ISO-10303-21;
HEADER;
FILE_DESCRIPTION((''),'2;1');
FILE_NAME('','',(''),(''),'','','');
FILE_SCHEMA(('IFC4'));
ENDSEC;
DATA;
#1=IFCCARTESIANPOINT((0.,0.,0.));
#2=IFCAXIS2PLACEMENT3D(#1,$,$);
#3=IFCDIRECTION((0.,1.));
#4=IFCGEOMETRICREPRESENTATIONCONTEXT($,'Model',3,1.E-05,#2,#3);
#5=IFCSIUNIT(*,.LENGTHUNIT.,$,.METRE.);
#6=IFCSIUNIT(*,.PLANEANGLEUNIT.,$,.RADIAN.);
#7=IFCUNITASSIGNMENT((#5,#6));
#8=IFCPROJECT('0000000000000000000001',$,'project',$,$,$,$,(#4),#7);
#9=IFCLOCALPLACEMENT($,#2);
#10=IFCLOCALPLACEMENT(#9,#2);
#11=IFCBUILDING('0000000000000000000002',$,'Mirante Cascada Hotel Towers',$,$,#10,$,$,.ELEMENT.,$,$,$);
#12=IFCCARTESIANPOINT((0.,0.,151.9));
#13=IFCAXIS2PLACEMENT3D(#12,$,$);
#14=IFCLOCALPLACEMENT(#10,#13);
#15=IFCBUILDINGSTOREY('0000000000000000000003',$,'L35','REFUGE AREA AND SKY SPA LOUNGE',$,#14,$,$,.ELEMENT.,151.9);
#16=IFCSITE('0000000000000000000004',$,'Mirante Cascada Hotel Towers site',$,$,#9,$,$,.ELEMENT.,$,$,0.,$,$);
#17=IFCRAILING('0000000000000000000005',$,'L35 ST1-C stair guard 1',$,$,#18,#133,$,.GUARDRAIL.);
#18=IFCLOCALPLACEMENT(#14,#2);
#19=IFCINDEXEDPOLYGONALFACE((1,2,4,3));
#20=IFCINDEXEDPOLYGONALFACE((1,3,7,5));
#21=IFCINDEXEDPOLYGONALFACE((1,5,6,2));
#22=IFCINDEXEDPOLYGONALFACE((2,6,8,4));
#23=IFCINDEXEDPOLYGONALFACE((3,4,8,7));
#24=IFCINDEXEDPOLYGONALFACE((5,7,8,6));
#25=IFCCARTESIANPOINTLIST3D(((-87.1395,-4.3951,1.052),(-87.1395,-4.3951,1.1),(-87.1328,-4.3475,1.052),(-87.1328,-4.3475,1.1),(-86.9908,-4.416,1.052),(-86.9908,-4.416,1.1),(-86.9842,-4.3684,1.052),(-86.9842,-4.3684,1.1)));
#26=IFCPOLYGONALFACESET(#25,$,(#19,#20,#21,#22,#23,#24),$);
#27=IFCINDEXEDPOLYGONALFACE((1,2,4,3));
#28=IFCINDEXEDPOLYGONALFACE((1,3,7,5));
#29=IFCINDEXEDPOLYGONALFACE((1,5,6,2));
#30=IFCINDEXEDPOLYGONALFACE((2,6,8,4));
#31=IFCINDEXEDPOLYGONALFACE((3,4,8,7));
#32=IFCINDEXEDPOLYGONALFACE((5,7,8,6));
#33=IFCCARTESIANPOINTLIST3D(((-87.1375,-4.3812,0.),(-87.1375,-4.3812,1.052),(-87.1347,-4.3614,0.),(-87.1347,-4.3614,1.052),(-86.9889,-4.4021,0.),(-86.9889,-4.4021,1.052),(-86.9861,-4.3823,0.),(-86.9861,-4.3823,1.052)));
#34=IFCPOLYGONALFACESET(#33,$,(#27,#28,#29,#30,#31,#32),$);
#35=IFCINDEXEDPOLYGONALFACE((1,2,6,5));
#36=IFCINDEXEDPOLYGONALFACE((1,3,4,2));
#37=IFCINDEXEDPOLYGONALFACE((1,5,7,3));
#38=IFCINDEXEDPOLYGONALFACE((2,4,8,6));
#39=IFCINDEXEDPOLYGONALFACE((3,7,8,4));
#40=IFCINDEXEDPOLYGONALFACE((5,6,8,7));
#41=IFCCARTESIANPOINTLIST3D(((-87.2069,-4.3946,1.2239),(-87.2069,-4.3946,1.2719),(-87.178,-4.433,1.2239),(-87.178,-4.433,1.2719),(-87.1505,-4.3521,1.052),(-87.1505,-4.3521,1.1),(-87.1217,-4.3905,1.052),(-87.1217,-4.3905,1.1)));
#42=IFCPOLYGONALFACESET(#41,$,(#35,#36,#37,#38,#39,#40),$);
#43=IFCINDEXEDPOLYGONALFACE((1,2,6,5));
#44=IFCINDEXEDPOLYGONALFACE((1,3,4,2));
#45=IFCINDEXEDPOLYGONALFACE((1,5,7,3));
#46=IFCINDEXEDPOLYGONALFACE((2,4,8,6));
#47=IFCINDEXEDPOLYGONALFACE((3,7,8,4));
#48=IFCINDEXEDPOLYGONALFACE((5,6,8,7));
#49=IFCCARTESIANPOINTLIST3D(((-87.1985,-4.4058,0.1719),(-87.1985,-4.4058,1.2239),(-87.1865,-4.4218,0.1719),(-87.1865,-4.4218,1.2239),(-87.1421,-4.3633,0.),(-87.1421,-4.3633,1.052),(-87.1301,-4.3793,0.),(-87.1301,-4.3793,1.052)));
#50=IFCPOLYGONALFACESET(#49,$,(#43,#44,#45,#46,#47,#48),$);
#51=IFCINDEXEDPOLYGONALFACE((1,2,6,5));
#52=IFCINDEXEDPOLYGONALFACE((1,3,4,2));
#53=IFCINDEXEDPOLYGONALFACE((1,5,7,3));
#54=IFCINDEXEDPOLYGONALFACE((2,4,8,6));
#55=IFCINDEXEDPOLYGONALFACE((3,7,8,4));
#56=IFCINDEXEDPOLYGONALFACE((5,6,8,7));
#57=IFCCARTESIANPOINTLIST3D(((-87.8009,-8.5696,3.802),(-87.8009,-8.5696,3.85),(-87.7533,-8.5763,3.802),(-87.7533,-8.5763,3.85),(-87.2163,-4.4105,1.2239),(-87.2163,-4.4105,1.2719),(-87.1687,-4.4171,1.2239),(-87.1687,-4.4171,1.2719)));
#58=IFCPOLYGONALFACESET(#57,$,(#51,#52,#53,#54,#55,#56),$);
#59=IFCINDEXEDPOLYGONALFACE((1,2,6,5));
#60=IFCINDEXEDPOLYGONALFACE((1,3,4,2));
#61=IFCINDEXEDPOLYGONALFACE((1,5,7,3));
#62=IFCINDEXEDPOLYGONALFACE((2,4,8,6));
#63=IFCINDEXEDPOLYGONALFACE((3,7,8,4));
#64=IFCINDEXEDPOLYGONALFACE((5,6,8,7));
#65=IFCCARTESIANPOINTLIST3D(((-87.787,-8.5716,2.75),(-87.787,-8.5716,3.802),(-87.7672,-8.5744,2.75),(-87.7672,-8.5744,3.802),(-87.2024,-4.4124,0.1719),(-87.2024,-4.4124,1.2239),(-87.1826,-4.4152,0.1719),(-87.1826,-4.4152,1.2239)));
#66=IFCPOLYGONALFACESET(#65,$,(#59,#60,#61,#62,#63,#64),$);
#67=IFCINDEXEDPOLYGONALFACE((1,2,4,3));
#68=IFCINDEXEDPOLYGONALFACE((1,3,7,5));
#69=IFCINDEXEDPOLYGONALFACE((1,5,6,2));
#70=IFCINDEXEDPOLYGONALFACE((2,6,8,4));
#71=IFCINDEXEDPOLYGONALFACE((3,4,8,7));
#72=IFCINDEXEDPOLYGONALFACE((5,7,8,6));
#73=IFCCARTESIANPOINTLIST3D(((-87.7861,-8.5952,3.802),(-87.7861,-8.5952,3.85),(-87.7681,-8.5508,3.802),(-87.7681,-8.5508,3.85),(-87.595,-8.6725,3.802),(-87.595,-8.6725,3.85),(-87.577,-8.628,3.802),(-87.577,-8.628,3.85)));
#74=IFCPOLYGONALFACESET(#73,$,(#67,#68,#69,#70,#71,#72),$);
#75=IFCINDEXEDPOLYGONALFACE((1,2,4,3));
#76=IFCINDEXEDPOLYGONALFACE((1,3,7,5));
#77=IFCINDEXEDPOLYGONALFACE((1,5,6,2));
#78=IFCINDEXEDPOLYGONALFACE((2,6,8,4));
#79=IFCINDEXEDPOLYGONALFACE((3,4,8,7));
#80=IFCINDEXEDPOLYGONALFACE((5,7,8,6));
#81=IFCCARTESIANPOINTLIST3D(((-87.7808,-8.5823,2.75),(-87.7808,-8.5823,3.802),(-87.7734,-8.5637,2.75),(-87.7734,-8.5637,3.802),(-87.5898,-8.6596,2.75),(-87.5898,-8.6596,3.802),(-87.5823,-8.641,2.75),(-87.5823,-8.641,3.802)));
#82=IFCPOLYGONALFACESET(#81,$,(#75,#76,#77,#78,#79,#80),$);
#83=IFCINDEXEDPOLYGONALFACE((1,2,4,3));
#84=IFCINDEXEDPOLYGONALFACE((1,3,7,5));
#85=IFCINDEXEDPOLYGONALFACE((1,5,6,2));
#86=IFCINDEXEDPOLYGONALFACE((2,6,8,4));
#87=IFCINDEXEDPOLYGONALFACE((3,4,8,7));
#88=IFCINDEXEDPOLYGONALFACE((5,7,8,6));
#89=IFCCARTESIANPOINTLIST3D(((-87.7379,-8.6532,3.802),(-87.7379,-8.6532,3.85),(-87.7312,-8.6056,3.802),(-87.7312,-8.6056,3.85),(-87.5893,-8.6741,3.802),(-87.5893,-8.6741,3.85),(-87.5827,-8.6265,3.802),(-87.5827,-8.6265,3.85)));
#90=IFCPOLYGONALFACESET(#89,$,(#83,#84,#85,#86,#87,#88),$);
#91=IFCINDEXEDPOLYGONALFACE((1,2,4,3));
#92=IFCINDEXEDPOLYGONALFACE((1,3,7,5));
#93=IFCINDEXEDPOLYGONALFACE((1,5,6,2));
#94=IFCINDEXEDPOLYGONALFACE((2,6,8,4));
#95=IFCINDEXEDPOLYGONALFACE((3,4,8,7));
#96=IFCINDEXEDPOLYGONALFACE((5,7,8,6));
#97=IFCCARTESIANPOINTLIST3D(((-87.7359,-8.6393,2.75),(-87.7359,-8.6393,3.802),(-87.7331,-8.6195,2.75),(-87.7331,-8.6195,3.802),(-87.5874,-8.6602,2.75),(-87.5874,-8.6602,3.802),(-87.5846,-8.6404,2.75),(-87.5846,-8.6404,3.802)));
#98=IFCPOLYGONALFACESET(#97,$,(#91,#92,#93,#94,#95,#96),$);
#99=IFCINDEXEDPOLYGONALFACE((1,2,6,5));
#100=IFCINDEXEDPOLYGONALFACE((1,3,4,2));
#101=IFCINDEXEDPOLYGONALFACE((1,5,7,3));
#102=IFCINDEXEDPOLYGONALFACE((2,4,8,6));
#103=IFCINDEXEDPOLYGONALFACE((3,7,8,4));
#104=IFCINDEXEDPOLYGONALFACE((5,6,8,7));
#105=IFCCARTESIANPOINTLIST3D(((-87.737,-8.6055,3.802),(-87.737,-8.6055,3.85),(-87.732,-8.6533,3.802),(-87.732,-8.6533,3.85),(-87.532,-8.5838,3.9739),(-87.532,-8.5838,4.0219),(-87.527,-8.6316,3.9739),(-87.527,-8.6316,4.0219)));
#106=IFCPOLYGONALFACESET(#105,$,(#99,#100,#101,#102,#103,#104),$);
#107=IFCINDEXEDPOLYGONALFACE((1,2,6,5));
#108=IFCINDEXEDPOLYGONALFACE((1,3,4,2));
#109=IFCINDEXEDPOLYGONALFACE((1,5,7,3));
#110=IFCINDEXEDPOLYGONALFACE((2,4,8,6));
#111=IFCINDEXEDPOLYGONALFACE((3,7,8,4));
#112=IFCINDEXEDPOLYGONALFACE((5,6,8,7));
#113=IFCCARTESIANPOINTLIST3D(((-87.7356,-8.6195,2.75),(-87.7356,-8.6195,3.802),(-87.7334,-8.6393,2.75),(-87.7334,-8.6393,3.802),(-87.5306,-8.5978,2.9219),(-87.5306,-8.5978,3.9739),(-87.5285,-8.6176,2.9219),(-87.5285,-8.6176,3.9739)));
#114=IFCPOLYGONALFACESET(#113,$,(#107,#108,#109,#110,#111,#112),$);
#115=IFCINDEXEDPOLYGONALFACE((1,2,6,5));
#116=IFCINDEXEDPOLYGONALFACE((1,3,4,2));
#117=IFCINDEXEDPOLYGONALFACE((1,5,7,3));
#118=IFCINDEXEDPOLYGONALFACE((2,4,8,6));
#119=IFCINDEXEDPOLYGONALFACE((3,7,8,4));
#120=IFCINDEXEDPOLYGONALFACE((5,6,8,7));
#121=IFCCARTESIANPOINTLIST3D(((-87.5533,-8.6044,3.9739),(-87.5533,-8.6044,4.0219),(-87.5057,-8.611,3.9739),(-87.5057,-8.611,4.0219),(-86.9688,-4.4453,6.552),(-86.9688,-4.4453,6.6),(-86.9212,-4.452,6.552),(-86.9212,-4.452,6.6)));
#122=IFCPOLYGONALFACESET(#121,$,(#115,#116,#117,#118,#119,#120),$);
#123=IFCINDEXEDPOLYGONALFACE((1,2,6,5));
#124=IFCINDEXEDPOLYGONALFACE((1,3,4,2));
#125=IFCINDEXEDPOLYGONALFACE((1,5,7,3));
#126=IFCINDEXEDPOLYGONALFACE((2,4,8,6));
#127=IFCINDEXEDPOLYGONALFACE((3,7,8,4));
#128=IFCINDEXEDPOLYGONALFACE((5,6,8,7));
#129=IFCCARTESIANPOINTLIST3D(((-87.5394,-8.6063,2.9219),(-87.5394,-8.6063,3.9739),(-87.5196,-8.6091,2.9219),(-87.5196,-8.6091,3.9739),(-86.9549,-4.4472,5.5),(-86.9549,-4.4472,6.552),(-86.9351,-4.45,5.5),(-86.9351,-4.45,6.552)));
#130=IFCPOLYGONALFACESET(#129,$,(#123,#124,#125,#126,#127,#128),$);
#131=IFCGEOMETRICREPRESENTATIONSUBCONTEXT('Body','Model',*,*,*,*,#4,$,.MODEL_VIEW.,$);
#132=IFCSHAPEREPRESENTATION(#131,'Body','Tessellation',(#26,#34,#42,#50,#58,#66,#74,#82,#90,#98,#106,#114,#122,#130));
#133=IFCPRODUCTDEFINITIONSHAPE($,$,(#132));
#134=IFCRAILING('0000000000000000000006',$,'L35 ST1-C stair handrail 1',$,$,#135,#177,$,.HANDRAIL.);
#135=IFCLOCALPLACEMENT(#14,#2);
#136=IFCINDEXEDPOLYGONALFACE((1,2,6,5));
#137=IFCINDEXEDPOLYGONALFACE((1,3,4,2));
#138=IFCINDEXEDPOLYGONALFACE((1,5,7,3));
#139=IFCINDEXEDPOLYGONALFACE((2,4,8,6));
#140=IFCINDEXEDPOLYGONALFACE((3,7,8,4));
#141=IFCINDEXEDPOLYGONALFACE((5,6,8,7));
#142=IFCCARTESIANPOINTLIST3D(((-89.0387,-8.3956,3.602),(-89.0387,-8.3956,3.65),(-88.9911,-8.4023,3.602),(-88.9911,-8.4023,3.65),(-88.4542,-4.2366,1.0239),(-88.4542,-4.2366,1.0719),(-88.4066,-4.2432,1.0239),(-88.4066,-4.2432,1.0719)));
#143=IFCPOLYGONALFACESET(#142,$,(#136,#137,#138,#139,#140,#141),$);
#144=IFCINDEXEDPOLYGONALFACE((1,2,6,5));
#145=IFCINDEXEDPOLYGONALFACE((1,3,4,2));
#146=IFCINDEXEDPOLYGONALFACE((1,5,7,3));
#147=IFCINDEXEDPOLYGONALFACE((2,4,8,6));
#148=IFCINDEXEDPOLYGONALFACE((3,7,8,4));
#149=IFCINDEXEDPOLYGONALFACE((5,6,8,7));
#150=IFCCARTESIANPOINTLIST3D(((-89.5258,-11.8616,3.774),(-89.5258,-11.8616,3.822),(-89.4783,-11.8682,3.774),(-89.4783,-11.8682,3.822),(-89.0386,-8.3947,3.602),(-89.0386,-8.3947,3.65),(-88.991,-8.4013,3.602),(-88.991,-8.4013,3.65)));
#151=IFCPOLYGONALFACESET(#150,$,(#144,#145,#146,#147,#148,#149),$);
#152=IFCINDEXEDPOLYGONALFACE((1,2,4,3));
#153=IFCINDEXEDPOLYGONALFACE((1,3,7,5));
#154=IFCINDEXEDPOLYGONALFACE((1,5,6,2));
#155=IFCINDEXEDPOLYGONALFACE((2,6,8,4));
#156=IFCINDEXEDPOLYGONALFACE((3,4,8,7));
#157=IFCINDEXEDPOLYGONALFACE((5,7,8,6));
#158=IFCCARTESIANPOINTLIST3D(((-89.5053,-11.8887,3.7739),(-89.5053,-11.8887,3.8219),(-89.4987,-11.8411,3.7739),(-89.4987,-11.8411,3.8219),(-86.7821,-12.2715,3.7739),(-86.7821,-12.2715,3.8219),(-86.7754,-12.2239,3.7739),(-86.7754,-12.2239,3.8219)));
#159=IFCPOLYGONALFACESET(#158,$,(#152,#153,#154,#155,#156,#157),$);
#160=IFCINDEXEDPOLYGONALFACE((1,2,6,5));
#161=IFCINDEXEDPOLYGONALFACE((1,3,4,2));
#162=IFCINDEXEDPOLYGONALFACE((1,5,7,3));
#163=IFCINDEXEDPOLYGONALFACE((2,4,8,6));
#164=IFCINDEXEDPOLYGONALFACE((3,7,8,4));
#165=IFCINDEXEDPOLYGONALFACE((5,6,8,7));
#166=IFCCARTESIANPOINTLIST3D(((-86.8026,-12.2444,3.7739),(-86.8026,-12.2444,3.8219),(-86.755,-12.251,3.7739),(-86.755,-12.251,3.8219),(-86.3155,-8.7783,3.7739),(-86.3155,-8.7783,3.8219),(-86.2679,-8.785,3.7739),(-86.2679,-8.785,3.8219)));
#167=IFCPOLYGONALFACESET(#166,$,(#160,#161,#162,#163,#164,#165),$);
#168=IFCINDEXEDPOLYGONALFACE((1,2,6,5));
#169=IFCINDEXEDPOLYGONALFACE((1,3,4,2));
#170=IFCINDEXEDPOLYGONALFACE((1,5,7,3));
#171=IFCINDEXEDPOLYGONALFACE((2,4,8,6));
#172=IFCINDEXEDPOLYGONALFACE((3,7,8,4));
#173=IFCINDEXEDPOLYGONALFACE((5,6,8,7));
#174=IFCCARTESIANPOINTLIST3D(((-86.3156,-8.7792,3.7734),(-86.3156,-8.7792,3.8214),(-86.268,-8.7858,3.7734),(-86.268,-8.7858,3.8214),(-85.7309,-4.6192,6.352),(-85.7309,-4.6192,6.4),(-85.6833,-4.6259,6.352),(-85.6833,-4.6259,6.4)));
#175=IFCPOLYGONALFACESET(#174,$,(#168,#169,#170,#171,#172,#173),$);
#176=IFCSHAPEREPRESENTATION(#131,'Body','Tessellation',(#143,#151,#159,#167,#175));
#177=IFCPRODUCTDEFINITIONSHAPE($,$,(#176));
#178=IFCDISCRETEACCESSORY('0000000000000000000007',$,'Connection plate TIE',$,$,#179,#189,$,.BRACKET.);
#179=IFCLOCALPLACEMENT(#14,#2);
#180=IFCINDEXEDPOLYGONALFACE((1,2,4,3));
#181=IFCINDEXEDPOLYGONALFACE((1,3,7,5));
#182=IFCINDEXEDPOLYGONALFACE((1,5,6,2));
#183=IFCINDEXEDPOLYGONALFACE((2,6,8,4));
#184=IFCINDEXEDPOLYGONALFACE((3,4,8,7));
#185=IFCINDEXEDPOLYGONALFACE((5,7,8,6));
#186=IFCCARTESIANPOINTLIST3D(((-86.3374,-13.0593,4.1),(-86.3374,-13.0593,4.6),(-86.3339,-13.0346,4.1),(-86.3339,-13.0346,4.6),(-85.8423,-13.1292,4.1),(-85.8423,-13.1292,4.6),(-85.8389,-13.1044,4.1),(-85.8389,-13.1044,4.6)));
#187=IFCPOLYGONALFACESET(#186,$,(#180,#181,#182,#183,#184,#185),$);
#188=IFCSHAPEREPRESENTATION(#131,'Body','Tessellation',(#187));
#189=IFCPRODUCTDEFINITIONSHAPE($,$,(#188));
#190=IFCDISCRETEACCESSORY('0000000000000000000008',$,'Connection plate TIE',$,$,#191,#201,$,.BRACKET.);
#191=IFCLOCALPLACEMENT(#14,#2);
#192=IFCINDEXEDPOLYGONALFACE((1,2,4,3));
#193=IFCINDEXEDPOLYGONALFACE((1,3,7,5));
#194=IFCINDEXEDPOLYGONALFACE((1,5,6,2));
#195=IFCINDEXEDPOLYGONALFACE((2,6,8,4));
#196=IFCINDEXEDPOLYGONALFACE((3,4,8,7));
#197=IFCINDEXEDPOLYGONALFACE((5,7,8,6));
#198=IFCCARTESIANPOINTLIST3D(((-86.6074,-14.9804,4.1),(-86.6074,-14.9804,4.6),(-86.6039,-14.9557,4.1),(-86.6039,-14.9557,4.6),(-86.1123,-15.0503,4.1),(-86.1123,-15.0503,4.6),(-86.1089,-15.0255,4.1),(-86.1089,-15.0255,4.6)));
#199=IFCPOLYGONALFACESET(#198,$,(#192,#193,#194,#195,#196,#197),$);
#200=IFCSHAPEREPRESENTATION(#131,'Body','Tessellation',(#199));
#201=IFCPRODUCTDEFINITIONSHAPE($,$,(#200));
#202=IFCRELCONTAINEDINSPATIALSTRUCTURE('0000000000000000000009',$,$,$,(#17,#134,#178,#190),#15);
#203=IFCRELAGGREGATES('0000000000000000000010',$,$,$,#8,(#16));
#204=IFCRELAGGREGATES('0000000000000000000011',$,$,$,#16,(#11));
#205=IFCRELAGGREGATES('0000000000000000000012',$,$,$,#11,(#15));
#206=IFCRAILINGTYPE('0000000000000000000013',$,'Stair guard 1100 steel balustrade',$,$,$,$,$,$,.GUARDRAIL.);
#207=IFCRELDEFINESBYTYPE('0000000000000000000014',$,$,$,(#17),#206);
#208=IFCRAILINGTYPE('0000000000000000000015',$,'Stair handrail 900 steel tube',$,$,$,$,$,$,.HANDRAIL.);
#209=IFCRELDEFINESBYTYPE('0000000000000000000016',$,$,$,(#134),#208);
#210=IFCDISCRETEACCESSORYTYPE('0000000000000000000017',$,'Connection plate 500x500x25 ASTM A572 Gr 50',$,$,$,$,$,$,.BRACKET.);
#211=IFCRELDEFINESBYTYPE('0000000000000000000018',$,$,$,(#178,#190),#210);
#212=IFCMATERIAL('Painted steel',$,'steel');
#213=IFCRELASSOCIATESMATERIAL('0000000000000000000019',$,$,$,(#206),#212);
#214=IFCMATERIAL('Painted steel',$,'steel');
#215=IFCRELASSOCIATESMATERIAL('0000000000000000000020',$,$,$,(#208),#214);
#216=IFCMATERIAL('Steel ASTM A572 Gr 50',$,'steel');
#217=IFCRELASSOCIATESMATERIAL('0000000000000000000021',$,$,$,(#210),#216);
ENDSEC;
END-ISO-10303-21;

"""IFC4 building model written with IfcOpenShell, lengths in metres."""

from ifc_helpers import new_model, si_unit, direction, frame, origin, origin_2d, place, context, subcontext, project, spatial, rectangle, extrude, material, material_profile, profile_set, type_object, element, save


model = new_model("IFC4")

# Units and contexts
model_context = context("Model", 3, precision=1e-05, world=origin(), true_north=direction((0.0, 1.0)))
body_context = subcontext(model_context, "Body", "Model", "MODEL_VIEW")
ifc_project = project(units=[si_unit("LENGTHUNIT", "METRE"), si_unit("PLANEANGLEUNIT", "RADIAN")], contexts=[model_context])

# Site, building, storey
site_placement = place(None, origin())
site = spatial("IfcSite", under=ifc_project, at=site_placement, Name="Mirante Cascada Hotel Towers site", CompositionType="ELEMENT", RefElevation=0.0)
building_placement = place(site_placement, origin())
building = spatial("IfcBuilding", under=site, at=building_placement, Name="Mirante Cascada Hotel Towers", CompositionType="ELEMENT")
storey_placement = place(building_placement, frame((0.0, 0.0, 151.9)))
storey = spatial("IfcBuildingStorey", under=building, at=storey_placement, Name="L35", Description="REFUGE AREA AND SKY SPA LOUNGE", CompositionType="ELEMENT", Elevation=151.9)

# Railings
ifc_material_1 = material(Name="Painted steel", Category="steel")
railing_type_1 = type_object("IfcRailingType", Name="Stair guard 1100 steel balustrade", PredefinedType="GUARDRAIL", material=ifc_material_1)
railing_1_placement = place(storey_placement, frame((-86.9875, -4.3922, 0.0)))
element("IfcRailing", 1, at=railing_1_placement, inside=storey, type_object=railing_type_1, Name="L35 ST1-C stair guard 1", PredefinedType="GUARDRAIL", context=body_context, shape_type="SweptSolid", body=[
    extrude(rectangle(XDim=0.048, YDim=0.048, at=origin_2d()), frame((0.0, 0.0, 1.076), z_axis=(-0.990254, 0.139275, 0.0), x_axis=(-0.139275, -0.990254, 0.0)), (0.0, 0.0, 1.0), 0.1501),
    extrude(rectangle(XDim=0.02, YDim=1.052, at=origin_2d()), frame((0.0, 0.0, 0.526), z_axis=(-0.990254, 0.139275, 0.0), x_axis=(-0.139275, -0.990254, 0.0)), (0.0, 0.0, 1.0), 0.1501),
    extrude(rectangle(XDim=0.048, YDim=0.048, at=origin_2d()), frame((-0.1486, 0.0209, 1.076), z_axis=(-0.798639, -0.601811, 0.0), x_axis=(0.601811, -0.798639, 0.0)), (0.0, 0.924985, 0.380004), 0.1858),
    extrude(rectangle(XDim=0.02, YDim=1.052, at=origin_2d()), frame((-0.1486, 0.0209, 0.526), z_axis=(-0.798639, -0.601811, 0.0), x_axis=(0.601811, -0.798639, 0.0)), (0.0, 0.924985, 0.380004), 0.1858),
    extrude(rectangle(XDim=0.048, YDim=0.048, at=origin_2d()), frame((-0.205, -0.0216, 1.2479), z_axis=(-0.139188, -0.990266, 0.0), x_axis=(0.990266, -0.139188, 0.0)), (0.0, 0.523131, 0.852252), 4.9282),
    extrude(rectangle(XDim=0.02, YDim=1.052, at=origin_2d()), frame((-0.205, -0.0216, 0.6979), z_axis=(-0.139188, -0.990266, 0.0), x_axis=(0.990266, -0.139188, 0.0)), (0.0, 0.523131, 0.852252), 4.9282),
    extrude(rectangle(XDim=0.048, YDim=0.048, at=origin_2d()), frame((-0.7896, -4.1808, 3.826), z_axis=(0.927031, -0.374984, 0.0), x_axis=(0.374984, 0.927031, 0.0)), (0.0, 0.0, 1.0), 0.2061),
    extrude(rectangle(XDim=0.02, YDim=1.052, at=origin_2d()), frame((-0.7896, -4.1808, 3.276), z_axis=(0.927031, -0.374984, 0.0), x_axis=(0.374984, 0.927031, 0.0)), (0.0, 0.0, 1.0), 0.2061),
    extrude(rectangle(XDim=0.048, YDim=0.048, at=origin_2d()), frame((-0.5985, -4.2581, 3.826), z_axis=(-0.990241, 0.139367, 0.0), x_axis=(-0.139367, -0.990241, 0.0)), (0.0, 0.0, 1.0), 0.15),
    extrude(rectangle(XDim=0.02, YDim=1.052, at=origin_2d()), frame((-0.5985, -4.2581, 3.276), z_axis=(-0.990241, 0.139367, 0.0), x_axis=(-0.139367, -0.990241, 0.0)), (0.0, 0.0, 1.0), 0.15),
    extrude(rectangle(XDim=0.048, YDim=0.048, at=origin_2d()), frame((-0.747, -4.2372, 3.826), z_axis=(0.994444, 0.105266, 0.0), x_axis=(-0.105266, 0.994444, 0.0)), (0.0, 0.640431, 0.768016), 0.2684),
    extrude(rectangle(XDim=0.02, YDim=1.052, at=origin_2d()), frame((-0.747, -4.2372, 3.276), z_axis=(0.994444, 0.105266, 0.0), x_axis=(-0.105266, 0.994444, 0.0)), (0.0, 0.640431, 0.768016), 0.2684),
    extrude(rectangle(XDim=0.048, YDim=0.048, at=origin_2d()), frame((-0.542, -4.2155, 3.9979), z_axis=(0.139168, 0.990269, 0.0), x_axis=(-0.990269, 0.139168, 0.0)), (0.0, 0.523141, 0.852246), 4.9281),
    extrude(rectangle(XDim=0.02, YDim=1.052, at=origin_2d()), frame((-0.542, -4.2155, 3.4479), z_axis=(0.139168, 0.990269, 0.0), x_axis=(-0.990269, 0.139168, 0.0)), (0.0, 0.523141, 0.852246), 4.9281),
])
ifc_material_2 = material(Name="Painted steel", Category="steel")
railing_type_2 = type_object("IfcRailingType", Name="Stair handrail 900 steel tube", PredefinedType="HANDRAIL", material=ifc_material_2)
railing_2_placement = place(storey_placement, frame((-88.4304, -4.2399, 0.1719)))
element("IfcRailing", 2, at=railing_2_placement, inside=storey, type_object=railing_type_2, Name="L35 ST1-C stair handrail 1", PredefinedType="HANDRAIL", context=body_context, shape_type="SweptSolid", body=[
    extrude(rectangle(XDim=0.048, YDim=0.048, at=origin_2d()), frame((0.0, 0.0, 0.876), z_axis=(-0.139168, -0.990269, 0.0), x_axis=(0.990269, -0.139168, 0.0)), (0.0, 0.523141, 0.852246), 4.9281),
    extrude(rectangle(XDim=0.048, YDim=0.048, at=origin_2d()), frame((-0.5844, -4.1581, 3.4541), z_axis=(-0.139173, -0.990268, 0.0), x_axis=(0.990268, -0.139173, 0.0)), (0.0, 0.049056, 0.998796), 3.5052),
    extrude(rectangle(XDim=0.048, YDim=0.048, at=origin_2d()), frame((-1.0716, -7.625, 3.626), z_axis=(0.990264, -0.139201, 0.0), x_axis=(0.139201, 0.990264, 0.0)), (0.0, 0.0, 1.0), 2.75),
    extrude(rectangle(XDim=0.048, YDim=0.048, at=origin_2d()), frame((1.6516, -8.0078, 3.626), z_axis=(0.139169, 0.990269, 0.0), x_axis=(-0.990269, 0.139169, 0.0)), (0.0, 0.0, 1.0), 3.5001),
    extrude(rectangle(XDim=0.048, YDim=0.048, at=origin_2d()), frame((2.1386, -4.5426, 3.6255), z_axis=(0.139191, 0.990266, 0.0), x_axis=(-0.990266, 0.139191, 0.0)), (0.0, 0.52314, 0.852247), 4.9291),
])

# Discrete accessories
ifc_material_3 = material(Name="Steel ASTM A572 Gr 50", Category="steel")
ifc_material_profile_1 = material_profile(ifc_material_3, rectangle(XDim=0.5, YDim=0.5, at=origin_2d()), Name="Connection plate 500x500x25 ASTM A572 Gr 50")
ifc_profile_set_1 = profile_set([ifc_material_profile_1], Name="Steel ASTM A572 Gr 50")
discrete_accessory_type_1 = type_object("IfcDiscreteAccessoryType", Name="Connection plate 500x500x25 ASTM A572 Gr 50", PredefinedType="BRACKET", material=ifc_profile_set_1)
for number, where, z_axis, x_axis, name in (
    (3, (-86.0864, -13.0695, 4.35), (-0.139744, -0.990188, 0.0), (0.990188, -0.139744, 0.0), "Connection plate TIE"),
    (4, (-86.3564, -14.9906, 4.35), (-0.139744, -0.990188, 0.0), (0.990188, -0.139744, 0.0), "Connection plate TIE"),
):
    element("IfcDiscreteAccessory", number, at=place(storey_placement, frame(where, z_axis=z_axis, x_axis=x_axis)), inside=storey, type_object=discrete_accessory_type_1, Name=name, PredefinedType="BRACKET", context=body_context, shape_type="SweptSolid", body=[
        extrude(rectangle(XDim=0.5, YDim=0.5, at=origin_2d()), origin(), (0.0, 0.0, 1.0), 0.025),
    ])

save(model, "model.ifc")
